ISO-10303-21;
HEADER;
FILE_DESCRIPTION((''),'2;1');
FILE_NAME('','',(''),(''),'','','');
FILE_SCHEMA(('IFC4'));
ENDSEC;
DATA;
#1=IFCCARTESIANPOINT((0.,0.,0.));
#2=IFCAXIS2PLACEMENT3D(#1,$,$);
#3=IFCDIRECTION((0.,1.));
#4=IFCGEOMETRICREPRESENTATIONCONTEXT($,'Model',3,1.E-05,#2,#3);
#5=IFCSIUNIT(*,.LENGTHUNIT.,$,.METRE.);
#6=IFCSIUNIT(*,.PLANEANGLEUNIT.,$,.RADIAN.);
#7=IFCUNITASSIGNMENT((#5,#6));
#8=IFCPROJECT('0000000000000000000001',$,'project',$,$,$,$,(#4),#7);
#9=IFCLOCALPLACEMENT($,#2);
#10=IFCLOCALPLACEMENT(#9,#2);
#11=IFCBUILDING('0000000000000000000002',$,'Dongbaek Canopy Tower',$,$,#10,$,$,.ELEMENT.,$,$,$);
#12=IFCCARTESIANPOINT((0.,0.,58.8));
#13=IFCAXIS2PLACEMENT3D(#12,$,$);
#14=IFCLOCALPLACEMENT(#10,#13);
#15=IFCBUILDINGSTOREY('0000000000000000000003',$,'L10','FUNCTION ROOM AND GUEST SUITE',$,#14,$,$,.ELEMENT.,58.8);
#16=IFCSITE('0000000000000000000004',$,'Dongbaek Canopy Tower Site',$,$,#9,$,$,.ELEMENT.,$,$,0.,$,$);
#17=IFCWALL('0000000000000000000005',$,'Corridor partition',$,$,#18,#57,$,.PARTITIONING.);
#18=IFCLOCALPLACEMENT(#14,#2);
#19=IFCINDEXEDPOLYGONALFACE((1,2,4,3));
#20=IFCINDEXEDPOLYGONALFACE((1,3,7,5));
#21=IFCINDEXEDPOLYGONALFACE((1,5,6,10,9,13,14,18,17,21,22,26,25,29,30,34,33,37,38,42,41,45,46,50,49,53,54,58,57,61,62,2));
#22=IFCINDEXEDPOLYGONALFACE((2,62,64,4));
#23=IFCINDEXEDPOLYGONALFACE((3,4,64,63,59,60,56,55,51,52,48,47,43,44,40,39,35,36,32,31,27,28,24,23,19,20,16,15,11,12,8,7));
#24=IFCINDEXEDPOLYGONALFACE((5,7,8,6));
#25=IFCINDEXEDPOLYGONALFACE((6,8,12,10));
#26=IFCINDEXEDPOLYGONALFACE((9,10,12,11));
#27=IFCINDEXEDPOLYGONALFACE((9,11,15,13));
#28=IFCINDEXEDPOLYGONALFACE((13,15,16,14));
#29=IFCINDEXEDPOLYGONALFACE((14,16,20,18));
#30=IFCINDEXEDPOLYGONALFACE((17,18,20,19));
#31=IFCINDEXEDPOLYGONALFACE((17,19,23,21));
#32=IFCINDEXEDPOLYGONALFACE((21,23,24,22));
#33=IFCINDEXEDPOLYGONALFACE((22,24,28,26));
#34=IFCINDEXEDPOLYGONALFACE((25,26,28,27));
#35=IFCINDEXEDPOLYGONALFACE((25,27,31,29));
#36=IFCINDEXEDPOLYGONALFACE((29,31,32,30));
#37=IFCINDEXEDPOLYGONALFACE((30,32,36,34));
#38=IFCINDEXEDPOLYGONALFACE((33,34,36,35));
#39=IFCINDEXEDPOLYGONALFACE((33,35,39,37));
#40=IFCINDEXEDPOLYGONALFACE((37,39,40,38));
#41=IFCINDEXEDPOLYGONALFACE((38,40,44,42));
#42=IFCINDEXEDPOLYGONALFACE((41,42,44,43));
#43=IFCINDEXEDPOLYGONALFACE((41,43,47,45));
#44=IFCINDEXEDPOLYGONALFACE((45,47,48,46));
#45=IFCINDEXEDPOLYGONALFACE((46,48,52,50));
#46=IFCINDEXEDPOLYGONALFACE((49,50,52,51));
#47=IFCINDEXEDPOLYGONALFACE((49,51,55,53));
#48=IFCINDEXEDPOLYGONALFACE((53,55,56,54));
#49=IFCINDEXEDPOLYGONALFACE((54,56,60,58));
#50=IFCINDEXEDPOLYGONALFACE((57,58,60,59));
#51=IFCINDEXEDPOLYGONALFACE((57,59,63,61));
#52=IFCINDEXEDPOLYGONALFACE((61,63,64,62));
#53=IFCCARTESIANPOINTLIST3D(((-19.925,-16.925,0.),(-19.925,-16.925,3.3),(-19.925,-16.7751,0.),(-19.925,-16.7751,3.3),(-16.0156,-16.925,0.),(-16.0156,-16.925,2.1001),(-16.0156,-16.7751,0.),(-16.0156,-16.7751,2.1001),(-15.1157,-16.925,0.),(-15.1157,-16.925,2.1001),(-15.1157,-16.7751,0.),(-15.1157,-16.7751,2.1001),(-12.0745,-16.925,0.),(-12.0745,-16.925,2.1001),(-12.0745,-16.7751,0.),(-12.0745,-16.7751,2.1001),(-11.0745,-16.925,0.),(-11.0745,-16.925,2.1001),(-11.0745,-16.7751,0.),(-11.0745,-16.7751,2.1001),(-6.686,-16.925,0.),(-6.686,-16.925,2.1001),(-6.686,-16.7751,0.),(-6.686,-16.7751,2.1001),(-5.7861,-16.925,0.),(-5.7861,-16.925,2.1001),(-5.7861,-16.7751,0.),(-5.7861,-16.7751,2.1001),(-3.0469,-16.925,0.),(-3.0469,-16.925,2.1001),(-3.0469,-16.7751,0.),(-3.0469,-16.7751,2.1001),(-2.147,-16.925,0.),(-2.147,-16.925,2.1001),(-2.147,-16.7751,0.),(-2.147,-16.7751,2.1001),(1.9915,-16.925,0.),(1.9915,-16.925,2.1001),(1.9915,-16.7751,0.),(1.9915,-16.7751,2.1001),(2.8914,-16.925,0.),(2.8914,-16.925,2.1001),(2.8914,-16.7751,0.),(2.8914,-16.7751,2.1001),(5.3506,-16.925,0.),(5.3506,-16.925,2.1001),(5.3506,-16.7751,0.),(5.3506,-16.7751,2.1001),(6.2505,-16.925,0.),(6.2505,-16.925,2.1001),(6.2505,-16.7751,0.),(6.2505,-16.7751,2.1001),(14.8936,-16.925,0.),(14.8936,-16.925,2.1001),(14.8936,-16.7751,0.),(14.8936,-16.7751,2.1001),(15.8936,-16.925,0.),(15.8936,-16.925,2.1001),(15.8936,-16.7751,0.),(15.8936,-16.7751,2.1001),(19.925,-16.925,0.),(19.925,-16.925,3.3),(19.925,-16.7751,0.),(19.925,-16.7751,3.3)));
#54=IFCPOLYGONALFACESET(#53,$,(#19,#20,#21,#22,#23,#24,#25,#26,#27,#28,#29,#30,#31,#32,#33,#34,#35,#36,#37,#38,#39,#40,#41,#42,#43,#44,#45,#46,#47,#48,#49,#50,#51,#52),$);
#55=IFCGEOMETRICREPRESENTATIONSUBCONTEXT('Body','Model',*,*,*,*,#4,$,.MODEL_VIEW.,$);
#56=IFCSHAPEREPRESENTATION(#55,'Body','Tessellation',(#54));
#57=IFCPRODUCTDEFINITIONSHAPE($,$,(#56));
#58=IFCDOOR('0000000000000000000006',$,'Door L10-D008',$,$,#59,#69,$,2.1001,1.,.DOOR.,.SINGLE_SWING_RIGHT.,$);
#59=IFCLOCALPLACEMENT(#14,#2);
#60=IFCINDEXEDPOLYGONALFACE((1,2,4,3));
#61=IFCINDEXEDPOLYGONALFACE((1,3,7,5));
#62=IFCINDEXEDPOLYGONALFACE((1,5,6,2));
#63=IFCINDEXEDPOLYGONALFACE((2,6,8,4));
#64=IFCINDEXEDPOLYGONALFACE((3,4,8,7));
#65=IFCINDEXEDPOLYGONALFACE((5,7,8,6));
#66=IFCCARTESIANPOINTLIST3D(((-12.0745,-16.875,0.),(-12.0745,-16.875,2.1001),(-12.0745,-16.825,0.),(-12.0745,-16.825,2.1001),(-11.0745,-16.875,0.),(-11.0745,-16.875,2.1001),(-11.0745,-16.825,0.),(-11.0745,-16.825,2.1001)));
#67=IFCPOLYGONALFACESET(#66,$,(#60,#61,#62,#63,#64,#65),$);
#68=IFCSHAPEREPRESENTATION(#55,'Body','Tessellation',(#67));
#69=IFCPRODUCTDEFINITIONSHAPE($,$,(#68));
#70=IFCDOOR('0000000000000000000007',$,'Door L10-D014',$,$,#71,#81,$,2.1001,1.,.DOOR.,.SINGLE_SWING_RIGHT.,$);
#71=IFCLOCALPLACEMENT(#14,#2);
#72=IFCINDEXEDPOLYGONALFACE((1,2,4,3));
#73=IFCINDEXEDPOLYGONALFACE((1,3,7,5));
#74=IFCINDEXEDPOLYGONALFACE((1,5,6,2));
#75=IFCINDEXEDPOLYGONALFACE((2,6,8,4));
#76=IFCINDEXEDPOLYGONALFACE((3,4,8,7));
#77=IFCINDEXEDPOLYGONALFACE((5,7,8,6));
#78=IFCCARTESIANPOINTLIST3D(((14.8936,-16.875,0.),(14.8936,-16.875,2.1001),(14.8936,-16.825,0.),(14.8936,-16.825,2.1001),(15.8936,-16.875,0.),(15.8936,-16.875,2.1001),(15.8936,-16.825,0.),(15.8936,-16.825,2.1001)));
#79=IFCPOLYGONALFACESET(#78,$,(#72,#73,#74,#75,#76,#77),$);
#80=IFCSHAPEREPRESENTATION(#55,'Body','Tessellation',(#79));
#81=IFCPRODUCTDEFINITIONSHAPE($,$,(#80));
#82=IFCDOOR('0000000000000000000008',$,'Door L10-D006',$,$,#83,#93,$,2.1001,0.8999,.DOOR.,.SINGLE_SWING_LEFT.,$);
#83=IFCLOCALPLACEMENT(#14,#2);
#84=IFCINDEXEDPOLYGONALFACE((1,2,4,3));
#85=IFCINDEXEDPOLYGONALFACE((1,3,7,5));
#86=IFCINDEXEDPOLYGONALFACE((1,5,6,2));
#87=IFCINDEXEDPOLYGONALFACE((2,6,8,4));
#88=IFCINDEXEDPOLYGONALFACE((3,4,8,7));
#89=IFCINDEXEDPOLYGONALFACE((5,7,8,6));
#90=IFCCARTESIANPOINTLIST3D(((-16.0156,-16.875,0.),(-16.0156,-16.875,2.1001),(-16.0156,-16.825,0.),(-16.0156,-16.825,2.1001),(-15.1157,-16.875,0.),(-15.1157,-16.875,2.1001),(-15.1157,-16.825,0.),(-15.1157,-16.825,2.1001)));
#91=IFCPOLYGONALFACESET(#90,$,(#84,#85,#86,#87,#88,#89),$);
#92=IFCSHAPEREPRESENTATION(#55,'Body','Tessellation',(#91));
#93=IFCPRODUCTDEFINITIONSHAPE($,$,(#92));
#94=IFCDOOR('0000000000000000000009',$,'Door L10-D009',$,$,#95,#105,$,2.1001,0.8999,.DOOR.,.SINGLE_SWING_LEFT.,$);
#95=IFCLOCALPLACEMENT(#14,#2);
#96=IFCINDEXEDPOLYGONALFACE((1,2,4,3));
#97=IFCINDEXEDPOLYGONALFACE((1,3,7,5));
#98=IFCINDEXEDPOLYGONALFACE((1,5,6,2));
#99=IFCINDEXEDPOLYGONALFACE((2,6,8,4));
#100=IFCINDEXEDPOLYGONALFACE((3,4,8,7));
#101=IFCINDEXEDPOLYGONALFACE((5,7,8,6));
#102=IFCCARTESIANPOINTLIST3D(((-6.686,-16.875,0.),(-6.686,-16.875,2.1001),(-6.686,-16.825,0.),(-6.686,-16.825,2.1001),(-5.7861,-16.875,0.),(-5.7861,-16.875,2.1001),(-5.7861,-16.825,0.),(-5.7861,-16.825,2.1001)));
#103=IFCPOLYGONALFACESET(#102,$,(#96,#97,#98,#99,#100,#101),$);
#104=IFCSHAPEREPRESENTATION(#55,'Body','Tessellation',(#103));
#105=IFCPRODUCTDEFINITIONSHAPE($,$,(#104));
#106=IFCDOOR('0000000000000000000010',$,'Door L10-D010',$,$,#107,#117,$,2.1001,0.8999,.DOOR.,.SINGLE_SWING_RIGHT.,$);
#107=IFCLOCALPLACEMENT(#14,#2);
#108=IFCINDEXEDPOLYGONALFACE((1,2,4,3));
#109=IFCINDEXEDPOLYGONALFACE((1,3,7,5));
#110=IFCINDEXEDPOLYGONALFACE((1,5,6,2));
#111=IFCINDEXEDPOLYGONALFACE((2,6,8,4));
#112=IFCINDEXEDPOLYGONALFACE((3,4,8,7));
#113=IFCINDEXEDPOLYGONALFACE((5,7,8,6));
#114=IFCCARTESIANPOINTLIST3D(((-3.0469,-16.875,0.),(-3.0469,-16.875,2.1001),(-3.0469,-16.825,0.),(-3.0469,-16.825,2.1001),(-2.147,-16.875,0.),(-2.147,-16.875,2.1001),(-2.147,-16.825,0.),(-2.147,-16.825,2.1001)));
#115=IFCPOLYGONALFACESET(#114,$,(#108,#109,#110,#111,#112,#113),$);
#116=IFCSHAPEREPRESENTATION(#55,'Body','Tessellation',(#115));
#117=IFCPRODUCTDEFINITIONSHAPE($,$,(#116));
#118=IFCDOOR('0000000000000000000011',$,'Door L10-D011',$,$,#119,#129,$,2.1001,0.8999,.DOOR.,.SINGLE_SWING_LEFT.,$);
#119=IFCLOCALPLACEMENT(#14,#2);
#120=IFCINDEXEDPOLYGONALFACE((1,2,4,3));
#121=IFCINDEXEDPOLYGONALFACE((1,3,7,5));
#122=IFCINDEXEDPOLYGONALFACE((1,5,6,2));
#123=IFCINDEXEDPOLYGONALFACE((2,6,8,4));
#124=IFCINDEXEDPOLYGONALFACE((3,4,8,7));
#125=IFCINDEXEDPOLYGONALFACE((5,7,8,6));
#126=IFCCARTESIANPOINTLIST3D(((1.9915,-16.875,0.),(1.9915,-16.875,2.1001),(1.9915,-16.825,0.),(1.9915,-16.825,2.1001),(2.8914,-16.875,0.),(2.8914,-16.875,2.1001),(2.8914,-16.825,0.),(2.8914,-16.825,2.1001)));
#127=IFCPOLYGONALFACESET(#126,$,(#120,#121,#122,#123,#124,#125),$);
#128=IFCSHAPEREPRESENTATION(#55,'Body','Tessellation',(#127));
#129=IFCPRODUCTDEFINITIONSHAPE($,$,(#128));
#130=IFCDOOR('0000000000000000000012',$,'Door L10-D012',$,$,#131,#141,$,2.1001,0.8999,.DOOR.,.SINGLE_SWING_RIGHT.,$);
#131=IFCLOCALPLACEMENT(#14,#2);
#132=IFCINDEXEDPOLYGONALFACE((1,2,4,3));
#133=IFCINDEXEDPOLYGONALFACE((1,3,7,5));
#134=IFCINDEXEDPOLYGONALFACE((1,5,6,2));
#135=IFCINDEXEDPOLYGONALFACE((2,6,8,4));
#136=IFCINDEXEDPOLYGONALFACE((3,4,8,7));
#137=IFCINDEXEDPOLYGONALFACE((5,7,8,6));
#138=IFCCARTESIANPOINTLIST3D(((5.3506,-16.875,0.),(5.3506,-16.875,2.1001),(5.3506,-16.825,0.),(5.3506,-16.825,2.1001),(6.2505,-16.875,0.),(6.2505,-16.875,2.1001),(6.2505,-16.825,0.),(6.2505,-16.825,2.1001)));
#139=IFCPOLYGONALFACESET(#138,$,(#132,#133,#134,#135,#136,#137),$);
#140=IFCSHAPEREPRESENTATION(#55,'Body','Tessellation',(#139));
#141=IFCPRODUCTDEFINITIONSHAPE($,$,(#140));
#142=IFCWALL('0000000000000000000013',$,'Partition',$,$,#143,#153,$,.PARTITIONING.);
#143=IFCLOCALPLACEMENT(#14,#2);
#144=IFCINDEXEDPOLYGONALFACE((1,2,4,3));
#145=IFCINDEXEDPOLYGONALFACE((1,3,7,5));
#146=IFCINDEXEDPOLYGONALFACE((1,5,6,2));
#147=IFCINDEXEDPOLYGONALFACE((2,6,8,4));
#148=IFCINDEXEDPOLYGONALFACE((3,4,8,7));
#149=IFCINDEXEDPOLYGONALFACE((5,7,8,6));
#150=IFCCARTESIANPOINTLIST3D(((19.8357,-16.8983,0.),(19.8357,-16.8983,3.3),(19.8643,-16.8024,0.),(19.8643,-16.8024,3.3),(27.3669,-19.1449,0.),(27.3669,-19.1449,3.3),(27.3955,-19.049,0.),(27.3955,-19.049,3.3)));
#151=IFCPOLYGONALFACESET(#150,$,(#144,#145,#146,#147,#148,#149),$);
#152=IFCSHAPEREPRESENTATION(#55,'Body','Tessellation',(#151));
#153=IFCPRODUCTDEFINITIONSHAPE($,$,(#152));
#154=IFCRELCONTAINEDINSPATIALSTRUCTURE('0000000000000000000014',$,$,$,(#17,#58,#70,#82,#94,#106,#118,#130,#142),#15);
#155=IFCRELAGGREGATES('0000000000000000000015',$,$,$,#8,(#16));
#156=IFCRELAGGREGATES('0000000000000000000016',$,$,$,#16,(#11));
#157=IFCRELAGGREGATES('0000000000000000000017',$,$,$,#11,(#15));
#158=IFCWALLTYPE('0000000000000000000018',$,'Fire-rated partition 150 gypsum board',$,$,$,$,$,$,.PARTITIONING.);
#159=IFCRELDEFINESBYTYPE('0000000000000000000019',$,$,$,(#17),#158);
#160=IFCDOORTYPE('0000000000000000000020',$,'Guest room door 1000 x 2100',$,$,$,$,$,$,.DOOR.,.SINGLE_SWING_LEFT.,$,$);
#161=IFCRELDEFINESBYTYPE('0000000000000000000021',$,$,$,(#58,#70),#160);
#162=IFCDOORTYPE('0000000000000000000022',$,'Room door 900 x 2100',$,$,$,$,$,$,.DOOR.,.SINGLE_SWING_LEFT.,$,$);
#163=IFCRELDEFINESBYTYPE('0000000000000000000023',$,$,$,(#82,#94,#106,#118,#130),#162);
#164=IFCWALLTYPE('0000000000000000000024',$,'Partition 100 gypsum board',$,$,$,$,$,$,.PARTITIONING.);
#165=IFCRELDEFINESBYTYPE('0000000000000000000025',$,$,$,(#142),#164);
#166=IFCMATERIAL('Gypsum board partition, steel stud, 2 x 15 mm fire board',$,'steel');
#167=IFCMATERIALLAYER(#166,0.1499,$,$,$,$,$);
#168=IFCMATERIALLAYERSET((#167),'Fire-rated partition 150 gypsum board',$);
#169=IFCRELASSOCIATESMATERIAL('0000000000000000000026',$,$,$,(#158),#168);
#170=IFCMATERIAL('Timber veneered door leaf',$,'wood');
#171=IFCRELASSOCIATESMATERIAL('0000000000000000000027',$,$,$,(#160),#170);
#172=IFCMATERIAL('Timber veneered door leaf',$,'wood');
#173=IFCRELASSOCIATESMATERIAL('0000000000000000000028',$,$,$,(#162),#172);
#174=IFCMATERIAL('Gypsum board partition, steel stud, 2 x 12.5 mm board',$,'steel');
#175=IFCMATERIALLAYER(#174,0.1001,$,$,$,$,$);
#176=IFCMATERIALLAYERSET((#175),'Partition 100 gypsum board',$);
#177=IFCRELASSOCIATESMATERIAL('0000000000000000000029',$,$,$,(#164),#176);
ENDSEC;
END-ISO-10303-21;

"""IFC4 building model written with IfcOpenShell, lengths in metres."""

from ifc_helpers import new_model, si_unit, direction, frame, frame_2d, origin, place, context, subcontext, project, spatial, rectangle, extrude, material, layer, layer_set, type_object, element, fill, save


model = new_model("IFC4")

# Units and contexts
model_context = context("Model", 3, precision=1e-05, world=origin(), true_north=direction((0.0, 1.0)))
body_context = subcontext(model_context, "Body", "Model", "MODEL_VIEW")
ifc_project = project(units=[si_unit("LENGTHUNIT", "METRE"), si_unit("PLANEANGLEUNIT", "RADIAN")], contexts=[model_context])

# Site, building, storey
site_placement = place(None, origin())
site = spatial("IfcSite", under=ifc_project, at=site_placement, Name="Dongbaek Canopy Tower Site", CompositionType="ELEMENT", RefElevation=0.0)
building_placement = place(site_placement, origin())
building = spatial("IfcBuilding", under=site, at=building_placement, Name="Dongbaek Canopy Tower", CompositionType="ELEMENT")
storey_placement = place(building_placement, frame((0.0, 0.0, 58.8)))
storey = spatial("IfcBuildingStorey", under=building, at=storey_placement, Name="L10", Description="FUNCTION ROOM AND GUEST SUITE", CompositionType="ELEMENT", Elevation=58.8)

# Wall, openings, doors
ifc_material_1 = material(Name="Gypsum board partition, steel stud, 2 x 15 mm fire board", Category="steel")
ifc_layer_1 = layer(ifc_material_1, 0.1499)
ifc_layer_set_1 = layer_set([ifc_layer_1], Name="Fire-rated partition 150 gypsum board")
wall_type_1 = type_object("IfcWallType", Name="Fire-rated partition 150 gypsum board", PredefinedType="PARTITIONING", material=ifc_layer_set_1)
wall_1_placement = place(storey_placement, frame((19.925, -16.8501, 0.0), z_axis=(0.0, 0.0, 1.0), x_axis=(-1.0, 0.0, 0.0)))
wall_1 = element("IfcWall", 1, at=wall_1_placement, inside=storey, type_object=wall_type_1, Name="Corridor partition", PredefinedType="PARTITIONING", context=body_context, shape_type="SweptSolid", body=[
    extrude(rectangle(XDim=39.8501, YDim=0.1499, at=frame_2d((19.925, 0.0))), origin(), (0.0, 0.0, 1.0), 3.3),
])
opening_1_placement = place(wall_1_placement, frame((35.0408, 0.0, 0.0)))
opening_1 = element("IfcOpeningElement", 2, at=opening_1_placement, cuts=wall_1, PredefinedType="OPENING", context=body_context, shape_type="SweptSolid", body=[
    extrude(rectangle(XDim=0.8999, YDim=2.1001, at=frame_2d((0.45, 1.05))), frame((0.0, 0.085, 0.0), z_axis=(0.0, -1.0, 0.0), x_axis=(1.0, 0.0, 0.0)), (0.0, 0.0, 1.0), 0.1699),
])
opening_2_placement = place(wall_1_placement, frame((30.9995, 0.0, 0.0)))
opening_2 = element("IfcOpeningElement", 3, at=opening_2_placement, cuts=wall_1, PredefinedType="OPENING", context=body_context, shape_type="SweptSolid", body=[
    extrude(rectangle(XDim=1.0, YDim=2.1001, at=frame_2d((0.5, 1.05))), frame((0.0, 0.085, 0.0), z_axis=(0.0, -1.0, 0.0), x_axis=(1.0, 0.0, 0.0)), (0.0, 0.0, 1.0), 0.1699),
])
opening_3_placement = place(wall_1_placement, frame((25.7112, 0.0, 0.0)))
opening_3 = element("IfcOpeningElement", 4, at=opening_3_placement, cuts=wall_1, PredefinedType="OPENING", context=body_context, shape_type="SweptSolid", body=[
    extrude(rectangle(XDim=0.8999, YDim=2.1001, at=frame_2d((0.45, 1.05))), frame((0.0, 0.085, 0.0), z_axis=(0.0, -1.0, 0.0), x_axis=(1.0, 0.0, 0.0)), (0.0, 0.0, 1.0), 0.1699),
])
opening_4_placement = place(wall_1_placement, frame((22.072, 0.0, 0.0)))
opening_4 = element("IfcOpeningElement", 5, at=opening_4_placement, cuts=wall_1, PredefinedType="OPENING", context=body_context, shape_type="SweptSolid", body=[
    extrude(rectangle(XDim=0.8999, YDim=2.1001, at=frame_2d((0.45, 1.05))), frame((0.0, 0.085, 0.0), z_axis=(0.0, -1.0, 0.0), x_axis=(1.0, 0.0, 0.0)), (0.0, 0.0, 1.0), 0.1699),
])
opening_5_placement = place(wall_1_placement, frame((17.0337, 0.0, 0.0)))
opening_5 = element("IfcOpeningElement", 6, at=opening_5_placement, cuts=wall_1, PredefinedType="OPENING", context=body_context, shape_type="SweptSolid", body=[
    extrude(rectangle(XDim=0.8999, YDim=2.1001, at=frame_2d((0.45, 1.05))), frame((0.0, 0.085, 0.0), z_axis=(0.0, -1.0, 0.0), x_axis=(1.0, 0.0, 0.0)), (0.0, 0.0, 1.0), 0.1699),
])
opening_6_placement = place(wall_1_placement, frame((13.6746, 0.0, 0.0)))
opening_6 = element("IfcOpeningElement", 7, at=opening_6_placement, cuts=wall_1, PredefinedType="OPENING", context=body_context, shape_type="SweptSolid", body=[
    extrude(rectangle(XDim=0.8999, YDim=2.1001, at=frame_2d((0.45, 1.05))), frame((0.0, 0.085, 0.0), z_axis=(0.0, -1.0, 0.0), x_axis=(1.0, 0.0, 0.0)), (0.0, 0.0, 1.0), 0.1699),
])
opening_7_placement = place(wall_1_placement, frame((4.0315, 0.0, 0.0)))
opening_7 = element("IfcOpeningElement", 8, at=opening_7_placement, cuts=wall_1, PredefinedType="OPENING", context=body_context, shape_type="SweptSolid", body=[
    extrude(rectangle(XDim=1.0, YDim=2.1001, at=frame_2d((0.5, 1.05))), frame((0.0, 0.085, 0.0), z_axis=(0.0, -1.0, 0.0), x_axis=(1.0, 0.0, 0.0)), (0.0, 0.0, 1.0), 0.1699),
])
ifc_material_2 = material(Name="Timber veneered door leaf", Category="wood")
door_type_1 = type_object("IfcDoorType", Name="Guest room door 1000 x 2100", OperationType="SINGLE_SWING_LEFT", PredefinedType="DOOR", material=ifc_material_2)
door_1_placement = place(opening_2_placement, origin())
door_1 = element("IfcDoor", 9, at=door_1_placement, inside=storey, type_object=door_type_1, Name="Door L10-D008", OperationType="SINGLE_SWING_RIGHT", OverallHeight=2.1001, OverallWidth=1.0, PredefinedType="DOOR", context=body_context, shape_type="SweptSolid", body=[
    extrude(rectangle(XDim=1.0, YDim=2.1001, at=frame_2d((0.5, 1.05))), frame((0.0, 0.0249, 0.0), z_axis=(0.0, -1.0, 0.0), x_axis=(1.0, 0.0, 0.0)), (0.0, 0.0, 1.0), 0.05),
])
fill(opening_2, door_1)
door_2_placement = place(opening_7_placement, origin())
door_2 = element("IfcDoor", 10, at=door_2_placement, inside=storey, type_object=door_type_1, Name="Door L10-D014", OperationType="SINGLE_SWING_RIGHT", OverallHeight=2.1001, OverallWidth=1.0, PredefinedType="DOOR", context=body_context, shape_type="SweptSolid", body=[
    extrude(rectangle(XDim=1.0, YDim=2.1001, at=frame_2d((0.5, 1.05))), frame((0.0, 0.0249, 0.0), z_axis=(0.0, -1.0, 0.0), x_axis=(1.0, 0.0, 0.0)), (0.0, 0.0, 1.0), 0.05),
])
fill(opening_7, door_2)
ifc_material_3 = material(Name="Timber veneered door leaf", Category="wood")
door_type_2 = type_object("IfcDoorType", Name="Room door 900 x 2100", OperationType="SINGLE_SWING_LEFT", PredefinedType="DOOR", material=ifc_material_3)
door_3_placement = place(opening_1_placement, origin())
door_3 = element("IfcDoor", 11, at=door_3_placement, inside=storey, type_object=door_type_2, Name="Door L10-D006", OperationType="SINGLE_SWING_LEFT", OverallHeight=2.1001, OverallWidth=0.8999, PredefinedType="DOOR", context=body_context, shape_type="SweptSolid", body=[
    extrude(rectangle(XDim=0.8999, YDim=2.1001, at=frame_2d((0.45, 1.05))), frame((0.0, 0.0249, 0.0), z_axis=(0.0, -1.0, 0.0), x_axis=(1.0, 0.0, 0.0)), (0.0, 0.0, 1.0), 0.05),
])
fill(opening_1, door_3)
door_4_placement = place(opening_3_placement, origin())
door_4 = element("IfcDoor", 12, at=door_4_placement, inside=storey, type_object=door_type_2, Name="Door L10-D009", OperationType="SINGLE_SWING_LEFT", OverallHeight=2.1001, OverallWidth=0.8999, PredefinedType="DOOR", context=body_context, shape_type="SweptSolid", body=[
    extrude(rectangle(XDim=0.8999, YDim=2.1001, at=frame_2d((0.45, 1.05))), frame((0.0, 0.0249, 0.0), z_axis=(0.0, -1.0, 0.0), x_axis=(1.0, 0.0, 0.0)), (0.0, 0.0, 1.0), 0.05),
])
fill(opening_3, door_4)
door_5_placement = place(opening_4_placement, origin())
door_5 = element("IfcDoor", 13, at=door_5_placement, inside=storey, type_object=door_type_2, Name="Door L10-D010", OperationType="SINGLE_SWING_RIGHT", OverallHeight=2.1001, OverallWidth=0.8999, PredefinedType="DOOR", context=body_context, shape_type="SweptSolid", body=[
    extrude(rectangle(XDim=0.8999, YDim=2.1001, at=frame_2d((0.45, 1.05))), frame((0.0, 0.0249, 0.0), z_axis=(0.0, -1.0, 0.0), x_axis=(1.0, 0.0, 0.0)), (0.0, 0.0, 1.0), 0.05),
])
fill(opening_4, door_5)
door_6_placement = place(opening_5_placement, origin())
door_6 = element("IfcDoor", 14, at=door_6_placement, inside=storey, type_object=door_type_2, Name="Door L10-D011", OperationType="SINGLE_SWING_LEFT", OverallHeight=2.1001, OverallWidth=0.8999, PredefinedType="DOOR", context=body_context, shape_type="SweptSolid", body=[
    extrude(rectangle(XDim=0.8999, YDim=2.1001, at=frame_2d((0.45, 1.05))), frame((0.0, 0.0249, 0.0), z_axis=(0.0, -1.0, 0.0), x_axis=(1.0, 0.0, 0.0)), (0.0, 0.0, 1.0), 0.05),
])
fill(opening_5, door_6)
door_7_placement = place(opening_6_placement, origin())
door_7 = element("IfcDoor", 15, at=door_7_placement, inside=storey, type_object=door_type_2, Name="Door L10-D012", OperationType="SINGLE_SWING_RIGHT", OverallHeight=2.1001, OverallWidth=0.8999, PredefinedType="DOOR", context=body_context, shape_type="SweptSolid", body=[
    extrude(rectangle(XDim=0.8999, YDim=2.1001, at=frame_2d((0.45, 1.05))), frame((0.0, 0.0249, 0.0), z_axis=(0.0, -1.0, 0.0), x_axis=(1.0, 0.0, 0.0)), (0.0, 0.0, 1.0), 0.05),
])
fill(opening_6, door_7)

# Wall
ifc_material_4 = material(Name="Gypsum board partition, steel stud, 2 x 12.5 mm board", Category="steel")
ifc_layer_2 = layer(ifc_material_4, 0.1001)
ifc_layer_set_2 = layer_set([ifc_layer_2], Name="Partition 100 gypsum board")
wall_type_2 = type_object("IfcWallType", Name="Partition 100 gypsum board", PredefinedType="PARTITIONING", material=ifc_layer_set_2)
wall_2_placement = place(storey_placement, frame((19.8499, -16.8503, 0.0), z_axis=(0.0, 0.0, 1.0), x_axis=(0.958273, -0.285854, 0.0)))
element("IfcWall", 16, at=wall_2_placement, inside=storey, type_object=wall_type_2, Name="Partition", PredefinedType="PARTITIONING", context=body_context, shape_type="SweptSolid", body=[
    extrude(rectangle(XDim=7.8591, YDim=0.1001, at=frame_2d((3.9297, 0.0))), origin(), (0.0, 0.0, 1.0), 3.3),
])

save(model, "model.ifc")
